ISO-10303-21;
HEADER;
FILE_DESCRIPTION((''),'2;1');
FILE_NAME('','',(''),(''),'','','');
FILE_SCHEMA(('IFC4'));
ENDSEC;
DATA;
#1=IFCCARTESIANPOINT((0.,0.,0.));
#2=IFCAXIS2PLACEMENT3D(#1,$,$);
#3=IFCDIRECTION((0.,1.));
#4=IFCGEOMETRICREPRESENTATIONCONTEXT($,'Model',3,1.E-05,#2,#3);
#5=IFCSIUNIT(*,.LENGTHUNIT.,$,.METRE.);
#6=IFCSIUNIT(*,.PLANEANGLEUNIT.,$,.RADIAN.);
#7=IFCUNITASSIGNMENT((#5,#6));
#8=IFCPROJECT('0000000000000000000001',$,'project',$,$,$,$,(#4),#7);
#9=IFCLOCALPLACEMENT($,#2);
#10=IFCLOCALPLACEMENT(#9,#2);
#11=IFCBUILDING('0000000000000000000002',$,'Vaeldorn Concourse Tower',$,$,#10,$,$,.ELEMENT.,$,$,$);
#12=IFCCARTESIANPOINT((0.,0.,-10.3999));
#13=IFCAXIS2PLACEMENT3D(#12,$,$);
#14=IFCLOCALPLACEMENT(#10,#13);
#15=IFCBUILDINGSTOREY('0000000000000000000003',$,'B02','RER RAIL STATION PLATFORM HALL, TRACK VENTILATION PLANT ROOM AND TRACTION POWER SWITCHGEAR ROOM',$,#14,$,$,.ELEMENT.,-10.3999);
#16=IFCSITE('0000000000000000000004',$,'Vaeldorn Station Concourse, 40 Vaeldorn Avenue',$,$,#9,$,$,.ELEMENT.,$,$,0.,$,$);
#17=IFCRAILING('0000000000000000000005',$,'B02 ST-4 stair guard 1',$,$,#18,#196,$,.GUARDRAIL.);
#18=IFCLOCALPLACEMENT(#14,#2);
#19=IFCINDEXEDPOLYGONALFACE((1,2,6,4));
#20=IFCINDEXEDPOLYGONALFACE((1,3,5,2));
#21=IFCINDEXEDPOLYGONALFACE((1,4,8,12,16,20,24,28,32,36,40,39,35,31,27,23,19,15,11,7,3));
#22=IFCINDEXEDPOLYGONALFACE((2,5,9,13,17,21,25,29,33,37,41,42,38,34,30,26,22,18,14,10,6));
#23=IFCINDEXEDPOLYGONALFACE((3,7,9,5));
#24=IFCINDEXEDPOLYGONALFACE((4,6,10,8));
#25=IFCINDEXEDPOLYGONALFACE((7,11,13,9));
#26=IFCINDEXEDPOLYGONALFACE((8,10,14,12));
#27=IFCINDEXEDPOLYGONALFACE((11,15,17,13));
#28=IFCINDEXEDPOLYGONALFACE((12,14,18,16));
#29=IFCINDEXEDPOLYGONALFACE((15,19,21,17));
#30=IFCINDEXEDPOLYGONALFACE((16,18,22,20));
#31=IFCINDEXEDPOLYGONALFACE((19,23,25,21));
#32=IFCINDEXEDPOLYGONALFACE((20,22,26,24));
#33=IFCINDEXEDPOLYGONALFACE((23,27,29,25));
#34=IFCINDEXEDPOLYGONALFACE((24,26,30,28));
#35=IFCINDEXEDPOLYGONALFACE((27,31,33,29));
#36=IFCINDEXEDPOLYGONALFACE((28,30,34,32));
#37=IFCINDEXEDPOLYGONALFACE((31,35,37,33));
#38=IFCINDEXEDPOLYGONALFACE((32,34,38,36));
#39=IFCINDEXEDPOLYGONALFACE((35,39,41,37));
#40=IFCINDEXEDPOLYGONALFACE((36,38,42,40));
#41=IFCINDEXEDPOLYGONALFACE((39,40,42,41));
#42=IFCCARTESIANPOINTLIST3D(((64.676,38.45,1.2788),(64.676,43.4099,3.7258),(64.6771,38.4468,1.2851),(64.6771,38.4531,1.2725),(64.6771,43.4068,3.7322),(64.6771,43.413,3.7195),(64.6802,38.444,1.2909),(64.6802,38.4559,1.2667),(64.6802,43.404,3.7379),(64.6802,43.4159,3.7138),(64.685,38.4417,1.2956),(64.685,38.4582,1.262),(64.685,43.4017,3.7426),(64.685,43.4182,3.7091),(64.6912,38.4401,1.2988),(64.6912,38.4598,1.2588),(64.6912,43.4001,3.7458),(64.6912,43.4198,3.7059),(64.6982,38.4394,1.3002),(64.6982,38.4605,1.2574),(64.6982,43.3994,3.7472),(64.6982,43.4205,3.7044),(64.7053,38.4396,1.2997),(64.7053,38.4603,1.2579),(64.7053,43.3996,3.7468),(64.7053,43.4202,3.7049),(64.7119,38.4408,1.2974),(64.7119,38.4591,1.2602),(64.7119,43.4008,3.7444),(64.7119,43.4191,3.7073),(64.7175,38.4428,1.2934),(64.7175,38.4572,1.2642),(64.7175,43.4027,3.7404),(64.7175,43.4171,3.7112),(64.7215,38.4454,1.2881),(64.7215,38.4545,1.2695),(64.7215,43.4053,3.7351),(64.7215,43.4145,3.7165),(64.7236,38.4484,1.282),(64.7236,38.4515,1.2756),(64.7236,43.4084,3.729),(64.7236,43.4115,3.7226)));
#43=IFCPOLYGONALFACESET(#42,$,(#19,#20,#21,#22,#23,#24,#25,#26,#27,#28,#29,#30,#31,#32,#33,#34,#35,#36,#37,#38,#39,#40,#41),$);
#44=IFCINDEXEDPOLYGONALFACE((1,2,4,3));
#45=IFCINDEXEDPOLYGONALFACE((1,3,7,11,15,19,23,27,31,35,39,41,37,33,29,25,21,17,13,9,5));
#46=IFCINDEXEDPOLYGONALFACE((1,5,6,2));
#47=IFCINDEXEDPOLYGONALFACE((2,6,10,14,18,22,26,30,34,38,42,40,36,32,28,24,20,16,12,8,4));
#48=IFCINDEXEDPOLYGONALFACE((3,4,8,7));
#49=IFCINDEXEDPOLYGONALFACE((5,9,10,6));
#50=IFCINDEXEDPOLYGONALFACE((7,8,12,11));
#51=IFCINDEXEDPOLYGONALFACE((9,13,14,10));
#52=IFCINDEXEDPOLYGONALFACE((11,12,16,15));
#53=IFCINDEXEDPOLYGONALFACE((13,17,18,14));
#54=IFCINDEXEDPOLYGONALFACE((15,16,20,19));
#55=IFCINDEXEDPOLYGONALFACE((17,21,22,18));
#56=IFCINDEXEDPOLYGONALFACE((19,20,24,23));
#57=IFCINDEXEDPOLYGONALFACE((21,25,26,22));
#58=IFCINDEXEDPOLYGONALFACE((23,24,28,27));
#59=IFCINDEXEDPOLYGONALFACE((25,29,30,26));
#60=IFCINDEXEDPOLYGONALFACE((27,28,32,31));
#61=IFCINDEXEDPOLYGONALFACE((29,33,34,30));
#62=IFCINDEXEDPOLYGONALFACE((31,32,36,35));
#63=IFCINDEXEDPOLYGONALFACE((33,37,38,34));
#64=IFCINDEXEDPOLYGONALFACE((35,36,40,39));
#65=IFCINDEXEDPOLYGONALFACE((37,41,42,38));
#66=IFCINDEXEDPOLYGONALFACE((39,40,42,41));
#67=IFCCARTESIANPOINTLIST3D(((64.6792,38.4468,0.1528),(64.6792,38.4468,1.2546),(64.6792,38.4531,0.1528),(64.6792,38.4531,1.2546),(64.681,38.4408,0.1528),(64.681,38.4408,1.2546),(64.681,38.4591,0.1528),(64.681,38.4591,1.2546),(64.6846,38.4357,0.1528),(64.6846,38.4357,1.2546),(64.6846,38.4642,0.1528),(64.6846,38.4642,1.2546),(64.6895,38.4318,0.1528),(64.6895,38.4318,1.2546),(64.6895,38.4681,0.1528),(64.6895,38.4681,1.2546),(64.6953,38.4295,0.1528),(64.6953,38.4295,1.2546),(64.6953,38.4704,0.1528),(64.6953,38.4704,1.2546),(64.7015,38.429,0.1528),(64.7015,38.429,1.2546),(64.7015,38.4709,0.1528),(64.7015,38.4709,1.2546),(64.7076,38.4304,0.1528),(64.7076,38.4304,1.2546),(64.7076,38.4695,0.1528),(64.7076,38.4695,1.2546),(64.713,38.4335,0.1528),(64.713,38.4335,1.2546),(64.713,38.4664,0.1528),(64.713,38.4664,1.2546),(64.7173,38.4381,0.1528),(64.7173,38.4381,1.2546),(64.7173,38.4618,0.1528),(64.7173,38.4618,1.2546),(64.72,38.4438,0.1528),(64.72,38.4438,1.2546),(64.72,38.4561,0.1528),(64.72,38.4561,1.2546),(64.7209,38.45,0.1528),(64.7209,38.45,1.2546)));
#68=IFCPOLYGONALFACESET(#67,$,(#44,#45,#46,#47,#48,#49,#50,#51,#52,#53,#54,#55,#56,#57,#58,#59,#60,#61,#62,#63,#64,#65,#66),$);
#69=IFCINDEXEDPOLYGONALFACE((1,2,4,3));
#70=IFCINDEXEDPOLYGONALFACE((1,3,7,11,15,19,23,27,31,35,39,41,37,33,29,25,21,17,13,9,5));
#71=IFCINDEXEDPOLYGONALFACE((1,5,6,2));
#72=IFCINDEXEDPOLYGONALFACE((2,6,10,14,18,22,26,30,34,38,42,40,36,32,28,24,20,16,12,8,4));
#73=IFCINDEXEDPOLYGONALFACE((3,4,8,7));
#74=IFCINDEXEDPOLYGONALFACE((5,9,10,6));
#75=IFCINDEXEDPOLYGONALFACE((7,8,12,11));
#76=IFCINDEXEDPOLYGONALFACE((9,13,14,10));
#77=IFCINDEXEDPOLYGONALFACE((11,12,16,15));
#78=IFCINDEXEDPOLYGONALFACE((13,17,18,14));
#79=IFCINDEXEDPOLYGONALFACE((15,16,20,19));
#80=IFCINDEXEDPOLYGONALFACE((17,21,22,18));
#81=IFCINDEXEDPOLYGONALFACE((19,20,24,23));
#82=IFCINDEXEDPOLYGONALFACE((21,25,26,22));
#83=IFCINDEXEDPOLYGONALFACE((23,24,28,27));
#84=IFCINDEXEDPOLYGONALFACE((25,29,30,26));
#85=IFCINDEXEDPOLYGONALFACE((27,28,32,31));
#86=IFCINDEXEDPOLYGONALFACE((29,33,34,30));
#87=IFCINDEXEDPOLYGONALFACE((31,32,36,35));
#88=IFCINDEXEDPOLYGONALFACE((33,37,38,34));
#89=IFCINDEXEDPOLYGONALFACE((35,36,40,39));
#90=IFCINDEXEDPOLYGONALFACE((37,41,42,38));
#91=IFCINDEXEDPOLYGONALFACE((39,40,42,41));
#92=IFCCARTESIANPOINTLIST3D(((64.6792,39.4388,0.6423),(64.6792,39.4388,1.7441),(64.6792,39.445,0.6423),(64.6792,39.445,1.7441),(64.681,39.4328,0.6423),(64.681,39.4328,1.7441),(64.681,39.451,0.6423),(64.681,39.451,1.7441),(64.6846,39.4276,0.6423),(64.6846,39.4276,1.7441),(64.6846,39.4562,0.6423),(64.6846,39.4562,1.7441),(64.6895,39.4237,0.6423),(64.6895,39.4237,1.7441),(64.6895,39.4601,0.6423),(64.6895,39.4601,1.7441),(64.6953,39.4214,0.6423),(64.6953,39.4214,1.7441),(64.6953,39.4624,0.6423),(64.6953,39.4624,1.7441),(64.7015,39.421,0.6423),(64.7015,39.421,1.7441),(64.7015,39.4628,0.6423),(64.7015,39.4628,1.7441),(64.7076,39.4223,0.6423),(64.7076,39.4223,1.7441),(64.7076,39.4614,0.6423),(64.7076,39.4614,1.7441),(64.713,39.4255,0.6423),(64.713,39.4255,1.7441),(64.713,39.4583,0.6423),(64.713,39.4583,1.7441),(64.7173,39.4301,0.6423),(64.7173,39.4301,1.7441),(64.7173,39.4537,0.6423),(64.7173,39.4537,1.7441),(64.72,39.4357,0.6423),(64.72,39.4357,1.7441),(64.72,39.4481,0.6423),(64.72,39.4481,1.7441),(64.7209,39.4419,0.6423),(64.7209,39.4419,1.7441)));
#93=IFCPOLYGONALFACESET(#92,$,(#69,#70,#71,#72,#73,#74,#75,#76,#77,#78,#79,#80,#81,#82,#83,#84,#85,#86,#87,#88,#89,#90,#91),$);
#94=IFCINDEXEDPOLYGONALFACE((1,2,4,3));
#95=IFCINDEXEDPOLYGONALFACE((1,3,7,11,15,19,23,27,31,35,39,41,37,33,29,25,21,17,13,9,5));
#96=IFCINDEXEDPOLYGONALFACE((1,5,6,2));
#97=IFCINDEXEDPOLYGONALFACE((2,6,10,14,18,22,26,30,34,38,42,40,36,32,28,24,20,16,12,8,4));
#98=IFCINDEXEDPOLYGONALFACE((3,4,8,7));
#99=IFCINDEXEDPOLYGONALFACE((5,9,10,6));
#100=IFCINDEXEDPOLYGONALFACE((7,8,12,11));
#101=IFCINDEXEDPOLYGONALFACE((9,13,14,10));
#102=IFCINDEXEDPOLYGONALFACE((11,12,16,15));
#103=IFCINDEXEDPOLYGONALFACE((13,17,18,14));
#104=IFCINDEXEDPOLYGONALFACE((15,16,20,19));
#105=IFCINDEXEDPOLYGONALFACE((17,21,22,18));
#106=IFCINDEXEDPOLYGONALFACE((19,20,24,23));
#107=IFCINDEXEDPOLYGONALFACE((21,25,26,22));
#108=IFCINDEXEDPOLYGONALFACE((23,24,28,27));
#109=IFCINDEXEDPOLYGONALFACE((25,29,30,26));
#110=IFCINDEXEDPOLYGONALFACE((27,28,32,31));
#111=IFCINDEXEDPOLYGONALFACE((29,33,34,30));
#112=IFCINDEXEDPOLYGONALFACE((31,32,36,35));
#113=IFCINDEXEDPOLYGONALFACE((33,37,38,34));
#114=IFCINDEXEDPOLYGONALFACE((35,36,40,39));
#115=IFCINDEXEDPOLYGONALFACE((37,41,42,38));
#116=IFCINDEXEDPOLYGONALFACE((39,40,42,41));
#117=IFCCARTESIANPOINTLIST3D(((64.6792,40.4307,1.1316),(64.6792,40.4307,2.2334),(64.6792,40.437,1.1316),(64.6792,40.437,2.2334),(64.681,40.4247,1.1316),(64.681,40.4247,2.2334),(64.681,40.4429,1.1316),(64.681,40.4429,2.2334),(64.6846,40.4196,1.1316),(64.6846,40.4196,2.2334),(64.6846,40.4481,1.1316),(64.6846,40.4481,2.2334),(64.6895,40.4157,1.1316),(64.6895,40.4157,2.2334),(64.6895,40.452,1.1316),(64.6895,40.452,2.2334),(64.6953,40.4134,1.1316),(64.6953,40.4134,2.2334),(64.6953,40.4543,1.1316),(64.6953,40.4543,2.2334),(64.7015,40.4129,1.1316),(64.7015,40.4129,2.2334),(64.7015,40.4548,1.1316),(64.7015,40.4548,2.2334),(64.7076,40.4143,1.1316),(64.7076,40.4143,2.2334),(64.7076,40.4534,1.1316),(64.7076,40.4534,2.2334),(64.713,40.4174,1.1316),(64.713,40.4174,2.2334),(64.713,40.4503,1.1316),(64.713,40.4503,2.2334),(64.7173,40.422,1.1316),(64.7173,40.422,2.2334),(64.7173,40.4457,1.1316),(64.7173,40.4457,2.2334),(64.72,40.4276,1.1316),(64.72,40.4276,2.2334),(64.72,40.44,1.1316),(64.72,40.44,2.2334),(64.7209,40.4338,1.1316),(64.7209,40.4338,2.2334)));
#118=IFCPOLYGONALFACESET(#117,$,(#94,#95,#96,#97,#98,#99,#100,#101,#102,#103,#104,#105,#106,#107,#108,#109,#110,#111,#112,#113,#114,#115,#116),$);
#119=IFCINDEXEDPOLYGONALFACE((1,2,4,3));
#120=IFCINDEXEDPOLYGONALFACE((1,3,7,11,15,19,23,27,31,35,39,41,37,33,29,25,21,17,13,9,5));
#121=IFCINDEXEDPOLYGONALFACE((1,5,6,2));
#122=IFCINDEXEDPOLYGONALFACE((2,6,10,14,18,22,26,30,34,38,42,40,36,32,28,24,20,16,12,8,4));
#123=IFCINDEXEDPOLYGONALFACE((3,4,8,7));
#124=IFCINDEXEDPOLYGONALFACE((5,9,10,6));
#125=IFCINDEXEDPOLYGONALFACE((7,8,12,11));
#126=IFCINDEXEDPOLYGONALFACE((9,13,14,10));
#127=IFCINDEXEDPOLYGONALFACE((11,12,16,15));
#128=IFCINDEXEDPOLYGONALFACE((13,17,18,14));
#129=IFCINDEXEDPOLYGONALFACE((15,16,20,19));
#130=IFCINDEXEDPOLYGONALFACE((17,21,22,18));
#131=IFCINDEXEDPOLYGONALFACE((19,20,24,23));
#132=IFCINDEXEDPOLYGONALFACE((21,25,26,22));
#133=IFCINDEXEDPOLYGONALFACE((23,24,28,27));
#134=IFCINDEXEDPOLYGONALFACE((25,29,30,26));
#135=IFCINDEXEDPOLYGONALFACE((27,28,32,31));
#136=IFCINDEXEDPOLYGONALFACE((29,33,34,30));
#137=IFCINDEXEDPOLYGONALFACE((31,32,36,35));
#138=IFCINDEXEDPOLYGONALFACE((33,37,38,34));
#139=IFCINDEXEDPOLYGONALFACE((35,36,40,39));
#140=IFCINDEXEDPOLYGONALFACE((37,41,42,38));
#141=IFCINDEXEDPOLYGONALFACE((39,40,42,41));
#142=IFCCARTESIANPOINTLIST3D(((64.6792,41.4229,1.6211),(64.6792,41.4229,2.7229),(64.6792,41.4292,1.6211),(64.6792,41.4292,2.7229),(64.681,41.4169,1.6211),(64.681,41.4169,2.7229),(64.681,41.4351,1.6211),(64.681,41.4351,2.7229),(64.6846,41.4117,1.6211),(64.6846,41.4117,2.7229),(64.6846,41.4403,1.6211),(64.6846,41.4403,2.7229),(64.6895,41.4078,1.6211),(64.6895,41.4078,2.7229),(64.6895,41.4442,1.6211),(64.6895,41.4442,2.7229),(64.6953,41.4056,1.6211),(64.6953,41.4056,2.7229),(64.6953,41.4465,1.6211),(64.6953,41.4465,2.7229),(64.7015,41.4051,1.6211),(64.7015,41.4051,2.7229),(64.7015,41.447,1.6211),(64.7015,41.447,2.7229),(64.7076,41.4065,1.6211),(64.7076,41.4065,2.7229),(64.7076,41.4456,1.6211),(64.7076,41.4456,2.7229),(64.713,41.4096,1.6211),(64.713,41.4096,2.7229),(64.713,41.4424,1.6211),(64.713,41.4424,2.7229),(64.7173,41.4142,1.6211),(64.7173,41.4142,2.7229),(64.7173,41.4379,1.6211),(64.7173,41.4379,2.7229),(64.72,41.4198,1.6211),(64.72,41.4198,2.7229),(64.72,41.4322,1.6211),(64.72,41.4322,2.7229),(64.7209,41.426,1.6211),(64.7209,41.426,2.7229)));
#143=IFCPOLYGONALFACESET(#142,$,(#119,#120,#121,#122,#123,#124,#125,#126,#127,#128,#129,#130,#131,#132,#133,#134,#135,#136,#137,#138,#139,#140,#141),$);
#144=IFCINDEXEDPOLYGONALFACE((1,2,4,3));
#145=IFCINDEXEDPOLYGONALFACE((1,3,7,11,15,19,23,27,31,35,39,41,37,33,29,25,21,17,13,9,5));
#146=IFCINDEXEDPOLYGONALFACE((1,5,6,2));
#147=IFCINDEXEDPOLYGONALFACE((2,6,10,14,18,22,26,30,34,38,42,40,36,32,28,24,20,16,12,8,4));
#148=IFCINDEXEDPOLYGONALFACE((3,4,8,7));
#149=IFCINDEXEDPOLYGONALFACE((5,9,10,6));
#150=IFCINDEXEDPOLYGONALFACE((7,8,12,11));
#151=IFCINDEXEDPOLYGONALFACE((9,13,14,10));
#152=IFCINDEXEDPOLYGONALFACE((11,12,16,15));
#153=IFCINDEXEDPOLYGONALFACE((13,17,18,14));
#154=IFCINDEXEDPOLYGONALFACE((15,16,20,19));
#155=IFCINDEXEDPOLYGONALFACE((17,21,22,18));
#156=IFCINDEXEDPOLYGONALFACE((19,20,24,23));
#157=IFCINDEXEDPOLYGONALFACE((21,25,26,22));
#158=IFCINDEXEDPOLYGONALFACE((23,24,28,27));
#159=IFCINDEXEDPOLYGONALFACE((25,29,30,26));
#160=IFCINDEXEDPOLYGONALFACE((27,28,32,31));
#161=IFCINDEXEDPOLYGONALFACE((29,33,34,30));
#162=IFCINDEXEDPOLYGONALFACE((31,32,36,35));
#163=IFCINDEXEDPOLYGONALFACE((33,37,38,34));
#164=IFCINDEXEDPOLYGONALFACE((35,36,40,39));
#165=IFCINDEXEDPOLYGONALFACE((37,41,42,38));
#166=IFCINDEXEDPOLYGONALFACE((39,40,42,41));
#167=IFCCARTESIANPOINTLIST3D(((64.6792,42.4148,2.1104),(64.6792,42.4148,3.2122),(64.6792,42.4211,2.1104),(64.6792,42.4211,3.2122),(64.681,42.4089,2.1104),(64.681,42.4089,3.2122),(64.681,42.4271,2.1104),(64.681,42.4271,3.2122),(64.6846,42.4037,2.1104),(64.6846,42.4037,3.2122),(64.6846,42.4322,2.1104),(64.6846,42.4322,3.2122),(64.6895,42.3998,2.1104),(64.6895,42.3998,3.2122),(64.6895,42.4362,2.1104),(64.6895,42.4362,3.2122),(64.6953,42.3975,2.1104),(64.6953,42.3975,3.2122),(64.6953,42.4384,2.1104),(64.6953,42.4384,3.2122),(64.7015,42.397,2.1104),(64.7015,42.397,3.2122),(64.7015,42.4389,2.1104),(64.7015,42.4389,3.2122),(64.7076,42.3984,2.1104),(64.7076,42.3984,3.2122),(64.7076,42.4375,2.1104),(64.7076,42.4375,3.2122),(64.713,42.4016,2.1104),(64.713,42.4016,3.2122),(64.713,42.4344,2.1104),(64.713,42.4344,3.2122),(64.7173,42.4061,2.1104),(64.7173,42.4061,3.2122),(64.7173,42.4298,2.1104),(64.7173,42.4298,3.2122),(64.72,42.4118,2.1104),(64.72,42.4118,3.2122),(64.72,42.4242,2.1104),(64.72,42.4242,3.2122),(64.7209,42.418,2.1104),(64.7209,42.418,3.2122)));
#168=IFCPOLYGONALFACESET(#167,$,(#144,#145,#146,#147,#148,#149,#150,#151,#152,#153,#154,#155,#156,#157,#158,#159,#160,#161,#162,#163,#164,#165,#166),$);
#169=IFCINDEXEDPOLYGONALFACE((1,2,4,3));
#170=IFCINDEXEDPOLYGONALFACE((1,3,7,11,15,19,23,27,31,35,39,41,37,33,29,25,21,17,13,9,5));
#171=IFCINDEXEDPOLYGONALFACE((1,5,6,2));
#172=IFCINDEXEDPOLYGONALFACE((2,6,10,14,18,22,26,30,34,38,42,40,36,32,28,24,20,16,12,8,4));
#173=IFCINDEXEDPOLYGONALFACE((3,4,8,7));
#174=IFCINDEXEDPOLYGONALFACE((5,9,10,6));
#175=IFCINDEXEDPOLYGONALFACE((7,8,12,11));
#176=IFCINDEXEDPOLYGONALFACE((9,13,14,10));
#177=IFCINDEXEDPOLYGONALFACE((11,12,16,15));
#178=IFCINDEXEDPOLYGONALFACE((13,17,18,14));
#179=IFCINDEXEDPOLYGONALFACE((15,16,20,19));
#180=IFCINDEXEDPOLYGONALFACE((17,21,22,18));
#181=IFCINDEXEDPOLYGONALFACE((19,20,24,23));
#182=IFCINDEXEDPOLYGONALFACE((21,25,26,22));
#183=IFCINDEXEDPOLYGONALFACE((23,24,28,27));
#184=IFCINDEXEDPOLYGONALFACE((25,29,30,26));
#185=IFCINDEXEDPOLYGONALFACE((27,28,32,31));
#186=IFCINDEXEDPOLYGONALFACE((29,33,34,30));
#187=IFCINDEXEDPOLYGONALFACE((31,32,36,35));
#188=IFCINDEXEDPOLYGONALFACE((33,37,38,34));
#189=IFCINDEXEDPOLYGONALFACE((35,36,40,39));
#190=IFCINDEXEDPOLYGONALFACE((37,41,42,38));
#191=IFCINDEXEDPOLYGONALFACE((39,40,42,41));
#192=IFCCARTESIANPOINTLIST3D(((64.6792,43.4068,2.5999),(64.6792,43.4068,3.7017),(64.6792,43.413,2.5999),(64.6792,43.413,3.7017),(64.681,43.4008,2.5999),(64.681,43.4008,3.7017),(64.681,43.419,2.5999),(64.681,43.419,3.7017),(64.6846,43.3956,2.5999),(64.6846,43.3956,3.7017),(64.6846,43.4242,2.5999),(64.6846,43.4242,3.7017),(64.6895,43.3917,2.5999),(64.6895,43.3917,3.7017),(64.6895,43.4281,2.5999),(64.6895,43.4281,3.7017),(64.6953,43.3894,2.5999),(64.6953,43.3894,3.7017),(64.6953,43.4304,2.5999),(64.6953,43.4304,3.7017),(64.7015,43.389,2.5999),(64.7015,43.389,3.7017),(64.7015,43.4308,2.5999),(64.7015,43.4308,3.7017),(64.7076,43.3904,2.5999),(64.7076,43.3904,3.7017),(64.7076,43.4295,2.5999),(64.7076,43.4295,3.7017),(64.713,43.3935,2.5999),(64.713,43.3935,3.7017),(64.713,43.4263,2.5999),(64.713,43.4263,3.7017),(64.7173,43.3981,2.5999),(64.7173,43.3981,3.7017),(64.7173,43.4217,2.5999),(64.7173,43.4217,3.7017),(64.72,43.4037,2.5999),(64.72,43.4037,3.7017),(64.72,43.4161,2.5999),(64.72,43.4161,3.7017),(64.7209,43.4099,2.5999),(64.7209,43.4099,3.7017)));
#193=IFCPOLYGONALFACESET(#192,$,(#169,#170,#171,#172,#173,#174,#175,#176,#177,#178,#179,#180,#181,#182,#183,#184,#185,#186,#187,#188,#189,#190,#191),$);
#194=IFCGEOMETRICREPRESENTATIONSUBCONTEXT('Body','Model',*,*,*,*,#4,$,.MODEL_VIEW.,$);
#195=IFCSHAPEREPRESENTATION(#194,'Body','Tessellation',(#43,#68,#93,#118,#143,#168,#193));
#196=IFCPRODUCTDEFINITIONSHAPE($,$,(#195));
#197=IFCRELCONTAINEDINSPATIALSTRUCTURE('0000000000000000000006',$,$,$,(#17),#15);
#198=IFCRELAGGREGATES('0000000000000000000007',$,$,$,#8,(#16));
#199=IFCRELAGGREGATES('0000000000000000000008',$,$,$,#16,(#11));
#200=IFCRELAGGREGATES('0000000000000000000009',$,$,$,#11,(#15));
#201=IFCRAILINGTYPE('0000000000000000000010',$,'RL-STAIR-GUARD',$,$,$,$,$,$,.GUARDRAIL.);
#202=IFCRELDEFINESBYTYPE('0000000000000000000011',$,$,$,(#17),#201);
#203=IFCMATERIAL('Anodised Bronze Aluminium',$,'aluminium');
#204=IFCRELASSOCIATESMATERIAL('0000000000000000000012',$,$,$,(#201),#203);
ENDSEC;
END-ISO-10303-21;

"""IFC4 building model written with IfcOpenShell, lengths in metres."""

from ifc_helpers import new_model, si_unit, direction, frame, origin, origin_2d, place, context, subcontext, project, spatial, circle, extrude, material, type_object, element, save


model = new_model("IFC4")

# Units and contexts
model_context = context("Model", 3, precision=1e-05, world=origin(), true_north=direction((0.0, 1.0)))
body_context = subcontext(model_context, "Body", "Model", "MODEL_VIEW")
ifc_project = project(units=[si_unit("LENGTHUNIT", "METRE"), si_unit("PLANEANGLEUNIT", "RADIAN")], contexts=[model_context])

# Site, building, storey
site_placement = place(None, origin())
site = spatial("IfcSite", under=ifc_project, at=site_placement, Name="Vaeldorn Station Concourse, 40 Vaeldorn Avenue", CompositionType="ELEMENT", RefElevation=0.0)
building_placement = place(site_placement, origin())
building = spatial("IfcBuilding", under=site, at=building_placement, Name="Vaeldorn Concourse Tower", CompositionType="ELEMENT")
storey_placement = place(building_placement, frame((0.0, 0.0, -10.3999)))
storey = spatial("IfcBuildingStorey", under=building, at=storey_placement, Name="B02", Description="RER RAIL STATION PLATFORM HALL, TRACK VENTILATION PLANT ROOM AND TRACTION POWER SWITCHGEAR ROOM", CompositionType="ELEMENT", Elevation=-10.3999)

# Railing
ifc_material_1 = material(Name="Anodised Bronze Aluminium", Category="aluminium")
railing_type_1 = type_object("IfcRailingType", Name="RL-STAIR-GUARD", PredefinedType="GUARDRAIL", material=ifc_material_1)
railing_1_placement = place(storey_placement, frame((64.7, 38.45, 0.1528)))
element("IfcRailing", 1, at=railing_1_placement, inside=storey, type_object=railing_type_1, Name="B02 ST-4 stair guard 1", PredefinedType="GUARDRAIL", context=body_context, shape_type="SweptSolid", body=[
    extrude(circle(Radius=0.0239, at=origin_2d()), frame((0.0, 0.0, 1.126), z_axis=(0.0, 0.896798, 0.44244), x_axis=(-1.0, 0.0, 0.0)), (0.0, 0.0, 1.0), 5.5308),
    extrude(circle(Radius=0.021, at=origin_2d()), origin(), (0.0, 0.0, 1.0), 1.1018),
    extrude(circle(Radius=0.021, at=origin_2d()), frame((0.0, 0.9919, 0.4895)), (0.0, 0.0, 1.0), 1.1018),
    extrude(circle(Radius=0.021, at=origin_2d()), frame((0.0, 1.9839, 0.9788)), (0.0, 0.0, 1.0), 1.1018),
    extrude(circle(Radius=0.021, at=origin_2d()), frame((0.0, 2.9761, 1.4683)), (0.0, 0.0, 1.0), 1.1018),
    extrude(circle(Radius=0.021, at=origin_2d()), frame((0.0, 3.968, 1.9575)), (0.0, 0.0, 1.0), 1.1018),
    extrude(circle(Radius=0.021, at=origin_2d()), frame((0.0, 4.96, 2.447)), (0.0, 0.0, 1.0), 1.1018),
])

save(model, "model.ifc")
